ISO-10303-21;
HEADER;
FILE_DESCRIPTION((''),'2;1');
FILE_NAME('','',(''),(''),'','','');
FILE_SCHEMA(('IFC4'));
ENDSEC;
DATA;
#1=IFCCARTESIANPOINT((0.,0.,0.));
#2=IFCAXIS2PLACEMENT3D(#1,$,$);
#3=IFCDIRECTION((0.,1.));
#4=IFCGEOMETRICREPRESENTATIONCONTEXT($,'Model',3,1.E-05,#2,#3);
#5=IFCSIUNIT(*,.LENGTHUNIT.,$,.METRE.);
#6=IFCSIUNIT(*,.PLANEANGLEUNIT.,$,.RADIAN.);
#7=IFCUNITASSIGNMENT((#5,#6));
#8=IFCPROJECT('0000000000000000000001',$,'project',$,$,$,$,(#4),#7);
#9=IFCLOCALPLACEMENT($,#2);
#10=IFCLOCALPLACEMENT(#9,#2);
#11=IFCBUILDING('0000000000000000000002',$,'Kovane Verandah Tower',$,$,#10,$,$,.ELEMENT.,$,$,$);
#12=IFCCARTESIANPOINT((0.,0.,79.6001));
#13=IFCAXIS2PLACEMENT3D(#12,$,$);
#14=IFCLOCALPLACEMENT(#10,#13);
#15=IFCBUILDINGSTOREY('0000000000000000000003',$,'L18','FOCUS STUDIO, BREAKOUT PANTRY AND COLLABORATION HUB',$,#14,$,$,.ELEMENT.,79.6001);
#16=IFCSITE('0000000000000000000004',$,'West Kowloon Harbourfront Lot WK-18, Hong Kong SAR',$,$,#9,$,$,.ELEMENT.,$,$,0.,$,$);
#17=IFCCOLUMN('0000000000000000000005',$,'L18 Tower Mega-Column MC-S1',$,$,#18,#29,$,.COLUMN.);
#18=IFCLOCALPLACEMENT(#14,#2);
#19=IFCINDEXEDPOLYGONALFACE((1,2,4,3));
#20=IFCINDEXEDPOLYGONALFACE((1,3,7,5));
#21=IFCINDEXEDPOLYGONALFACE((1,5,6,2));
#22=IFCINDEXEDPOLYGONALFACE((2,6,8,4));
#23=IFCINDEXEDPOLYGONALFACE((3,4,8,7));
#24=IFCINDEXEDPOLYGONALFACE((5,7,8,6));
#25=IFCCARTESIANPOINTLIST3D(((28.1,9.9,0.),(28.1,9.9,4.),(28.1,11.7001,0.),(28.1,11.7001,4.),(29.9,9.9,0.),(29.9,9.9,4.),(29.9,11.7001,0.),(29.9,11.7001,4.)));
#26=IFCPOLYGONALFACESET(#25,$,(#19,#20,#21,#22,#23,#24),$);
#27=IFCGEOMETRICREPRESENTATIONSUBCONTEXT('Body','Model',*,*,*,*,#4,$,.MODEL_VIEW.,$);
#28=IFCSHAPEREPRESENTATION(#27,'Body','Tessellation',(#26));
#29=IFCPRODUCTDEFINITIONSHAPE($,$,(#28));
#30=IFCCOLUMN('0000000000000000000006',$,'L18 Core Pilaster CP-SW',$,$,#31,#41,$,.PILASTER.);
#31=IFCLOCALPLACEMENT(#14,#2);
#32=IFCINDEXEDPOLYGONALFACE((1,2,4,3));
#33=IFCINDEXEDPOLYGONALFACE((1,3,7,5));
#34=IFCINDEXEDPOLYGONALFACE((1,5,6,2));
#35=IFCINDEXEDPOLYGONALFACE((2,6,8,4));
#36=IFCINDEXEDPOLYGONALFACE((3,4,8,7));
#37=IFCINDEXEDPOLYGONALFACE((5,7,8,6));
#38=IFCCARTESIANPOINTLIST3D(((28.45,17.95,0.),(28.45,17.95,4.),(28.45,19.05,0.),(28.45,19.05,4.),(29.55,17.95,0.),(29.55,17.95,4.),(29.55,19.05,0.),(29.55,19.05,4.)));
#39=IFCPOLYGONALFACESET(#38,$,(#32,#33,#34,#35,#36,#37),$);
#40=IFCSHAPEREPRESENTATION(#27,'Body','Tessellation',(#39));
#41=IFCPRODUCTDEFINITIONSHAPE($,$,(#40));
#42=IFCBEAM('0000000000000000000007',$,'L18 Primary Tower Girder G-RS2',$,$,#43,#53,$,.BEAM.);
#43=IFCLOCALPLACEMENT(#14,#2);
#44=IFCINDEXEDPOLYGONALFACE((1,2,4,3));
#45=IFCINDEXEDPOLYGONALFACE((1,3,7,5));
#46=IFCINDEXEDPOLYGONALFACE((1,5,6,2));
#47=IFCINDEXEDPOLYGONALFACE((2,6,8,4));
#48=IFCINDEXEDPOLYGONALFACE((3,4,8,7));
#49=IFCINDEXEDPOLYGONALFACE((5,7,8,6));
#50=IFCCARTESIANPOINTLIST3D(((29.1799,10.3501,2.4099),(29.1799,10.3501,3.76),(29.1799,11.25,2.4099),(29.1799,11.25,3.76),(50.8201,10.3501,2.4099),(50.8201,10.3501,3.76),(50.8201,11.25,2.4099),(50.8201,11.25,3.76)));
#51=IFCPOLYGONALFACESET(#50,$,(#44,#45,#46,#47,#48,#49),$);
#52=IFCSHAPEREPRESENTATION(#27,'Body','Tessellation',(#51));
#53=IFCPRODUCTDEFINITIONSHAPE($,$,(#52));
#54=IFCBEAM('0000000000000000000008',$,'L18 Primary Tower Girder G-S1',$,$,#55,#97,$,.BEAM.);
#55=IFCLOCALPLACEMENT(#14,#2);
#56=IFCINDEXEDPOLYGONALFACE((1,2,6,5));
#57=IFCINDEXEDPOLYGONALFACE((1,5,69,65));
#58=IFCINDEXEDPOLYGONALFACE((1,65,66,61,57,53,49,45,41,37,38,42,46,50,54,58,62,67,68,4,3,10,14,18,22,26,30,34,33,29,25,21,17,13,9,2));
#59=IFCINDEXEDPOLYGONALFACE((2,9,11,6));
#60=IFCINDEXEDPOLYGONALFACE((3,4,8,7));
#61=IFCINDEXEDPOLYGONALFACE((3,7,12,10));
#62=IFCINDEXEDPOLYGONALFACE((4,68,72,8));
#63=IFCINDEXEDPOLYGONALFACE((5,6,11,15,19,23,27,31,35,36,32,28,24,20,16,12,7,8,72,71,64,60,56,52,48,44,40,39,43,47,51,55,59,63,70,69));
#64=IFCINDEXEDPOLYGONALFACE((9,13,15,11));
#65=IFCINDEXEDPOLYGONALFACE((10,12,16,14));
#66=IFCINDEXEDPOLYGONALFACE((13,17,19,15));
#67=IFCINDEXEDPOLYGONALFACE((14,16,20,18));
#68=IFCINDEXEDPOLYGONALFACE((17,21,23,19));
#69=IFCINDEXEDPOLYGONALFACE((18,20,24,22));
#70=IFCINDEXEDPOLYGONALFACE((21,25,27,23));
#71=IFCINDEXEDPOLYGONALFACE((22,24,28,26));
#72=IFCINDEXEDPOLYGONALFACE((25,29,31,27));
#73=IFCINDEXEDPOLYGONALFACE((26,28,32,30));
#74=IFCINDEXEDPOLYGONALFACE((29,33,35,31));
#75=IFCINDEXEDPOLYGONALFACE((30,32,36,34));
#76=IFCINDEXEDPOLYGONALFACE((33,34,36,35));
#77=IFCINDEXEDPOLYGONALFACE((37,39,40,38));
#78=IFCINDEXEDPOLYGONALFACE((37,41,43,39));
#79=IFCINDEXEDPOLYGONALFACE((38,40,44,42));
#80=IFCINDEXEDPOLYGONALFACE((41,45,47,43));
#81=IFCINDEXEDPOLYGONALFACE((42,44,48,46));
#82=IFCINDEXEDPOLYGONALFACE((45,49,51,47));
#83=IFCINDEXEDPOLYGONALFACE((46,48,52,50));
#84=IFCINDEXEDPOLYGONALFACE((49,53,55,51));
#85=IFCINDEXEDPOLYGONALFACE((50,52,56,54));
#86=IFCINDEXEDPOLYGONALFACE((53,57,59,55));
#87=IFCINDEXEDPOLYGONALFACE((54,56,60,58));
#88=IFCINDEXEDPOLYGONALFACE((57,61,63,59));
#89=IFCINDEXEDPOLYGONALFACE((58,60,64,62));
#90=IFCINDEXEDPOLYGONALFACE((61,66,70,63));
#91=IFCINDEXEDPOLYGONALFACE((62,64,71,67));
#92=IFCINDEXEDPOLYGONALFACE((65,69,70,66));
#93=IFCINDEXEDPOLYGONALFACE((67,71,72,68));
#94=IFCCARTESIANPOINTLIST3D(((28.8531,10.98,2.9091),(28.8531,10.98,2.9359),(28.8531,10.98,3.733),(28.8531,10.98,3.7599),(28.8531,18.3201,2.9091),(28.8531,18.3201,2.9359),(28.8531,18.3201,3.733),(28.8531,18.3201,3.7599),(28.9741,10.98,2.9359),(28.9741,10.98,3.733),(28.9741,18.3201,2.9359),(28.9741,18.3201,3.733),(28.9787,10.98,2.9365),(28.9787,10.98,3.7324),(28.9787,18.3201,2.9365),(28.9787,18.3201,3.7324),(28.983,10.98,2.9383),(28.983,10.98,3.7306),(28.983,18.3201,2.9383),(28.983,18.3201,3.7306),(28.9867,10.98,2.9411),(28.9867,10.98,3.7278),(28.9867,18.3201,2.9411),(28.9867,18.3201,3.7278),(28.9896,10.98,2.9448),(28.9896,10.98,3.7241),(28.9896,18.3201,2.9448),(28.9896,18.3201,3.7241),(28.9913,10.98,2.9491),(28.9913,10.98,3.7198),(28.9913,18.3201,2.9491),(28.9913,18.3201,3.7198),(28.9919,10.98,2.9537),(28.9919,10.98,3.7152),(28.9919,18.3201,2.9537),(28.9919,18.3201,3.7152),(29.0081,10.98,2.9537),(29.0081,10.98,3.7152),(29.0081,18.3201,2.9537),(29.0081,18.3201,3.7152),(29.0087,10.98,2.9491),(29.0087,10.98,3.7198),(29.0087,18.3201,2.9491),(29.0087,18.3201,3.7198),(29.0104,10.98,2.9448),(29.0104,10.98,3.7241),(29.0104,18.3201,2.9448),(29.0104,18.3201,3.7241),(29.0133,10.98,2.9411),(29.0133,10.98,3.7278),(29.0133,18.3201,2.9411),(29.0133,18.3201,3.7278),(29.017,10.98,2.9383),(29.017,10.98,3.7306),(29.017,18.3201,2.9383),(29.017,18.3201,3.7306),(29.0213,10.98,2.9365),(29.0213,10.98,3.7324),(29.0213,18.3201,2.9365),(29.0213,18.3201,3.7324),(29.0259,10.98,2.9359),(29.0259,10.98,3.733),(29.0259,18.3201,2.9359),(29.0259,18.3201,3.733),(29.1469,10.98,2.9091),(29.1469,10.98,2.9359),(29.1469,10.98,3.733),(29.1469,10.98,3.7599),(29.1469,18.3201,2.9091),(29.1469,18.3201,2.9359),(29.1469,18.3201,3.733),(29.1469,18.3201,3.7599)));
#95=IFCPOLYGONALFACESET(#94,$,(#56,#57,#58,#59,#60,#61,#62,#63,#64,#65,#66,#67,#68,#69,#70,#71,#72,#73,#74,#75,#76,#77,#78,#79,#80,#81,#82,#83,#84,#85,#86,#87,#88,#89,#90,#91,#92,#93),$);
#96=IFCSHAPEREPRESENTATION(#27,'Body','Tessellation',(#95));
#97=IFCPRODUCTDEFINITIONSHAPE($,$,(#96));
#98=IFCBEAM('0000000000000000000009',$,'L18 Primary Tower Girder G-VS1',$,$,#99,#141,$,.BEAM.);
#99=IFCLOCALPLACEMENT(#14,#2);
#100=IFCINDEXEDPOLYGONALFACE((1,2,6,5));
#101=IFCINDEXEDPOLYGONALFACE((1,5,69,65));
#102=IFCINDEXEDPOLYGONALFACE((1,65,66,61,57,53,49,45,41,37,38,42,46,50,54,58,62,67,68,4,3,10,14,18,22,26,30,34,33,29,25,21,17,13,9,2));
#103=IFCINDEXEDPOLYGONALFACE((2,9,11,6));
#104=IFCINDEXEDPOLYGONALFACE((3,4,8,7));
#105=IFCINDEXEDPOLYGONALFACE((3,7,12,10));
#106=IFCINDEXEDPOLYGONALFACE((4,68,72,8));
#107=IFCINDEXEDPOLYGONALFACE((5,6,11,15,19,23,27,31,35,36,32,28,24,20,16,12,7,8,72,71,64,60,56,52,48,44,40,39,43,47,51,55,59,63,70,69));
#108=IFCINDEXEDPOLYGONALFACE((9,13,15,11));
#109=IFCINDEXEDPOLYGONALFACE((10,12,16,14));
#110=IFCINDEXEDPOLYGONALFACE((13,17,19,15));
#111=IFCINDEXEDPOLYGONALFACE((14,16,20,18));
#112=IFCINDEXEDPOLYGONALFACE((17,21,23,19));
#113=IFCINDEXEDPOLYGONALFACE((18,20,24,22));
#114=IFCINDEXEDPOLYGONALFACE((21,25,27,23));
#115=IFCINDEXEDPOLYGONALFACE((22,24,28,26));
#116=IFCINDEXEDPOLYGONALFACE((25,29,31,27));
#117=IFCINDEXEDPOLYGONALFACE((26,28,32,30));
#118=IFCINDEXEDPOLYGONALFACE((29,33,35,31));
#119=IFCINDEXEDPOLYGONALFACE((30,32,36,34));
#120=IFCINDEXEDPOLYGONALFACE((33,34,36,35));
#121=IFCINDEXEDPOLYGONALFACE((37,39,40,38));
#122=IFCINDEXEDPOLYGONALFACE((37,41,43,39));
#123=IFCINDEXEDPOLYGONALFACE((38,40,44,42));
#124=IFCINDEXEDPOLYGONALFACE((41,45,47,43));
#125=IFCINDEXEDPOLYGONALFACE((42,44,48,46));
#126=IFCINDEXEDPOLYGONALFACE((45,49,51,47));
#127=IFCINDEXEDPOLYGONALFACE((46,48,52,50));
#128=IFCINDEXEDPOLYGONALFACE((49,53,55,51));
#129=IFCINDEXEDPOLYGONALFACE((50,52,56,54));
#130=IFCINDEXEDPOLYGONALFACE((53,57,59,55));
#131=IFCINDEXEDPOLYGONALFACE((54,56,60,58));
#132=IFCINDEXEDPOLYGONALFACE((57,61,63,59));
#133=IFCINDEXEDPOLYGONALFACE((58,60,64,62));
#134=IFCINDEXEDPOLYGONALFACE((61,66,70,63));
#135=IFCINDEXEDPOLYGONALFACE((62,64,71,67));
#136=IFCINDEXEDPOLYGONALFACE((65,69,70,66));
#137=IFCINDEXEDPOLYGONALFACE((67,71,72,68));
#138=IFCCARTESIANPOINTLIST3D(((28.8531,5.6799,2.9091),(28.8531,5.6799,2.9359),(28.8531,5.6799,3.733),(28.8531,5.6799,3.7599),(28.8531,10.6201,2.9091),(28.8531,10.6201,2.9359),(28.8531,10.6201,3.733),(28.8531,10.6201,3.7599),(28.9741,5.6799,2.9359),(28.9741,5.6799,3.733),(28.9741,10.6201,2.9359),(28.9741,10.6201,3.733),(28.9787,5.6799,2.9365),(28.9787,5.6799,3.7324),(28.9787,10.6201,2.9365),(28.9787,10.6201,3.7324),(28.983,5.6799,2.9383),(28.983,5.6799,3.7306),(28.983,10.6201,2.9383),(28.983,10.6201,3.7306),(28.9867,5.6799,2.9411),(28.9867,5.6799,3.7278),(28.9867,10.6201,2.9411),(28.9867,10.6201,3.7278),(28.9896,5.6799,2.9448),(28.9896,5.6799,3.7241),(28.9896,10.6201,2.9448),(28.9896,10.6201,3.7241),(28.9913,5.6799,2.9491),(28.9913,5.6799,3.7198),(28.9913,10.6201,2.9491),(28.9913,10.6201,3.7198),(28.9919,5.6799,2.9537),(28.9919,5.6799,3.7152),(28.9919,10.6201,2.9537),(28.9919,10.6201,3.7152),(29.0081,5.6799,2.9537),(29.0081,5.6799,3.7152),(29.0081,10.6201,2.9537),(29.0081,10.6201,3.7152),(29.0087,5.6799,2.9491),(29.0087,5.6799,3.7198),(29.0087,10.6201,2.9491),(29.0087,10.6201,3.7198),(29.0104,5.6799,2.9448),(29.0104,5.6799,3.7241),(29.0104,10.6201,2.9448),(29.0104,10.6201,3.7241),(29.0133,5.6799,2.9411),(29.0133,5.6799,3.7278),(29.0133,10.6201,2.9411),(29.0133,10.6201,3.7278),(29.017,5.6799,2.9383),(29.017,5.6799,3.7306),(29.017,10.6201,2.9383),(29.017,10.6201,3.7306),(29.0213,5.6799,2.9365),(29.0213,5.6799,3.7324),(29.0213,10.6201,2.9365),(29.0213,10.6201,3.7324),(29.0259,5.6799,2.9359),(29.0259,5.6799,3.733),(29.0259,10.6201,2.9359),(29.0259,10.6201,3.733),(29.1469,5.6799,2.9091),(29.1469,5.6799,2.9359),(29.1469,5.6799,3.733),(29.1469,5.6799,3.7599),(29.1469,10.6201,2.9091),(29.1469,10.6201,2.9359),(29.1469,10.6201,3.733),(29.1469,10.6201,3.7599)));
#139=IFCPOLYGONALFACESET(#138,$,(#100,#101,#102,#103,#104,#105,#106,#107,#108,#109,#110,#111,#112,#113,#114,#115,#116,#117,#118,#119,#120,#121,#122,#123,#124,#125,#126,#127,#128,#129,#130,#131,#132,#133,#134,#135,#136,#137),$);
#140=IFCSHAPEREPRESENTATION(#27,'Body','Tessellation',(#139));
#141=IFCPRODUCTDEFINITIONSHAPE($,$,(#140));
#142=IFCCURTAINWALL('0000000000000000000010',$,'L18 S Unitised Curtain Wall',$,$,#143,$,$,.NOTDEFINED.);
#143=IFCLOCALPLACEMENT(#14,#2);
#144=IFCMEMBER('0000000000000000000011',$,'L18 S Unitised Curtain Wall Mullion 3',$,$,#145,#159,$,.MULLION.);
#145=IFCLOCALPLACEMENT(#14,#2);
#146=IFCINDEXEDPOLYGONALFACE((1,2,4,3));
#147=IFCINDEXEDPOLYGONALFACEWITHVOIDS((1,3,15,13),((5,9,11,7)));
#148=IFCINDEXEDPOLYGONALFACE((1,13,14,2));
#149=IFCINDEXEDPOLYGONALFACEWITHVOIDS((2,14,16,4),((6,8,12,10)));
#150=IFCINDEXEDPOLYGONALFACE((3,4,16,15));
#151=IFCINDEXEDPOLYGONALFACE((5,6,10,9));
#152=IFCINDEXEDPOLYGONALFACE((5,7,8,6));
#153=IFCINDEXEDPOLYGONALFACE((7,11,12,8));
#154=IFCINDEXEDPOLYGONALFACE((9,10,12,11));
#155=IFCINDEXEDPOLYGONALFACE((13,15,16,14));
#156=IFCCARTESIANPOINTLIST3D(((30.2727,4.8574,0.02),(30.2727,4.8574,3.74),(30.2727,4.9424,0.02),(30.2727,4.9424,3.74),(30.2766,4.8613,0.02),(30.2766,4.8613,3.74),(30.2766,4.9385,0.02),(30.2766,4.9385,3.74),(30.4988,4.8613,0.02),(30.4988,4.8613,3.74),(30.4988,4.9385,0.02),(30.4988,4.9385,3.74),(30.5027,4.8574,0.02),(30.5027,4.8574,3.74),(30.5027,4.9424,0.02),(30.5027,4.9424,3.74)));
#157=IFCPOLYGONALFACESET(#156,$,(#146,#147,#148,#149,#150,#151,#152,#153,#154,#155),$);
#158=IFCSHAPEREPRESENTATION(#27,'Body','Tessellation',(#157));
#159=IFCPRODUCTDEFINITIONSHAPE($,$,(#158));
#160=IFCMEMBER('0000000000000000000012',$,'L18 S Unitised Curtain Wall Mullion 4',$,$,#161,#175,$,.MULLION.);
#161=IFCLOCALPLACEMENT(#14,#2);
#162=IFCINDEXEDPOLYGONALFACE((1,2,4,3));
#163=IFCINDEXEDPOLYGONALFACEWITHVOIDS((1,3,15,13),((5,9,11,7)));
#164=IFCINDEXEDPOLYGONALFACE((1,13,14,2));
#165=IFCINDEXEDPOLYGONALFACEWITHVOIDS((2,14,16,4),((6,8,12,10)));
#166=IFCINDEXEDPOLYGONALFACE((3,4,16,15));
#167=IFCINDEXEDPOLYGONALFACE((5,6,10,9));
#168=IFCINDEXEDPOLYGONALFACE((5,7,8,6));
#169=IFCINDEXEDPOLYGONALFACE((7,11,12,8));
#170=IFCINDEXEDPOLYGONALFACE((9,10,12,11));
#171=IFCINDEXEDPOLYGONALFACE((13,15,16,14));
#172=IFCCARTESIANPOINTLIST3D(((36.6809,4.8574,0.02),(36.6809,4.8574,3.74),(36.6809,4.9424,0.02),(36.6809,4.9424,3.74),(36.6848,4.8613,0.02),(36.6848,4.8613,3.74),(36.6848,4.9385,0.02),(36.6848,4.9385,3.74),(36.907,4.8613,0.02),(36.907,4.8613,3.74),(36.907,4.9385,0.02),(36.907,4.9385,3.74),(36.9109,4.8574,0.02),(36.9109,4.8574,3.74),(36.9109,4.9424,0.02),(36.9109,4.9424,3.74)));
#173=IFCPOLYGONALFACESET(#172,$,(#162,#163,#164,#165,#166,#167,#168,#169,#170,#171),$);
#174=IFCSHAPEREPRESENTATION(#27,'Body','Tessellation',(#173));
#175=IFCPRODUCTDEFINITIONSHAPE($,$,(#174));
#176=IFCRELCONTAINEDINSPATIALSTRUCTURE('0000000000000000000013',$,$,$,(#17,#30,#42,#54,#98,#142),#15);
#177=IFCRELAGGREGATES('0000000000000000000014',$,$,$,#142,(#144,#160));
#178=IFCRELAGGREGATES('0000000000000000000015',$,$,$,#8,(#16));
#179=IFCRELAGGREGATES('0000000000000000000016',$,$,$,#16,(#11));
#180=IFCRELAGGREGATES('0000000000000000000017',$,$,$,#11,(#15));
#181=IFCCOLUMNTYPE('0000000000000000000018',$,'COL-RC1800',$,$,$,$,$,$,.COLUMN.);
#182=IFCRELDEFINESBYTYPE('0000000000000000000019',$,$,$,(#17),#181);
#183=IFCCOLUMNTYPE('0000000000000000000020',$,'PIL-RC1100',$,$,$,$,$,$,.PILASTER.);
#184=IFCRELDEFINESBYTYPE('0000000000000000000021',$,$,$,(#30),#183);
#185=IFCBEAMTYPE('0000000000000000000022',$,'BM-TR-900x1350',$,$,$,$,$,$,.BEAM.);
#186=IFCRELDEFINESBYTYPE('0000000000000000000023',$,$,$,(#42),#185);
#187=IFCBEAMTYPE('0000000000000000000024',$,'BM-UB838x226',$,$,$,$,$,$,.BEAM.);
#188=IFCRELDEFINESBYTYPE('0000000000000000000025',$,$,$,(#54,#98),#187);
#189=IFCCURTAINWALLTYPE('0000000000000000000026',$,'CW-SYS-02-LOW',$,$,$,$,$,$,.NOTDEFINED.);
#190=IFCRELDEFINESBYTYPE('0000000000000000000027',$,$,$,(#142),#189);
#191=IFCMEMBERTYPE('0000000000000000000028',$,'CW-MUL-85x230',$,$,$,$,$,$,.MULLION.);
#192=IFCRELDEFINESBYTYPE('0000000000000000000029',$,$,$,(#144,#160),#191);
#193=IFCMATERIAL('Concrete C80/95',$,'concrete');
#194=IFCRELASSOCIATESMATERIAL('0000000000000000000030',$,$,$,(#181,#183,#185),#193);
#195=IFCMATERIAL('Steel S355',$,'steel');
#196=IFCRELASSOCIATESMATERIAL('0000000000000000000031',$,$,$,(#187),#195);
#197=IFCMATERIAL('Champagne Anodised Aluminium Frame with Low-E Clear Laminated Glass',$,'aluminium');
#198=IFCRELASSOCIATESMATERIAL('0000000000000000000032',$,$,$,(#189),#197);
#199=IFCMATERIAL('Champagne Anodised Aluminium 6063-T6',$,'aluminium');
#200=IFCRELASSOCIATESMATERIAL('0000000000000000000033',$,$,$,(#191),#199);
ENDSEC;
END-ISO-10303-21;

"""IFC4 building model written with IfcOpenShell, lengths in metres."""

from ifc_helpers import new_model, si_unit, direction, frame, origin, origin_2d, place, context, subcontext, project, spatial, rectangle, hollow_rectangle, i_section, extrude, material, material_profile, profile_set, type_object, element, aggregate, save


model = new_model("IFC4")

# Units and contexts
model_context = context("Model", 3, precision=1e-05, world=origin(), true_north=direction((0.0, 1.0)))
body_context = subcontext(model_context, "Body", "Model", "MODEL_VIEW")
ifc_project = project(units=[si_unit("LENGTHUNIT", "METRE"), si_unit("PLANEANGLEUNIT", "RADIAN")], contexts=[model_context])

# Site, building, storey
site_placement = place(None, origin())
site = spatial("IfcSite", under=ifc_project, at=site_placement, Name="West Kowloon Harbourfront Lot WK-18, Hong Kong SAR", CompositionType="ELEMENT", RefElevation=0.0)
building_placement = place(site_placement, origin())
building = spatial("IfcBuilding", under=site, at=building_placement, Name="Kovane Verandah Tower", CompositionType="ELEMENT")
storey_placement = place(building_placement, frame((0.0, 0.0, 79.6001)))
storey = spatial("IfcBuildingStorey", under=building, at=storey_placement, Name="L18", Description="FOCUS STUDIO, BREAKOUT PANTRY AND COLLABORATION HUB", CompositionType="ELEMENT", Elevation=79.6001)

# Columns
ifc_material_1 = material(Name="Concrete C80/95", Category="concrete")
ifc_material_profile_1 = material_profile(ifc_material_1, rectangle(XDim=1.8, YDim=1.8, at=origin_2d()), Name="RC1800x1800")
ifc_profile_set_1 = profile_set([ifc_material_profile_1], Name="Concrete C80/95")
column_type_1 = type_object("IfcColumnType", Name="COL-RC1800", PredefinedType="COLUMN", material=ifc_profile_set_1)
column_1_placement = place(storey_placement, frame((29.0, 10.8, 0.0), z_axis=(0.0, 0.0, 1.0), x_axis=(1.0, 0.0, 0.0)))
element("IfcColumn", 1, at=column_1_placement, inside=storey, type_object=column_type_1, Name="L18 Tower Mega-Column MC-S1", PredefinedType="COLUMN", context=body_context, shape_type="SweptSolid", body=[
    extrude(rectangle(XDim=1.8, YDim=1.8, at=origin_2d()), origin(), (0.0, 0.0, 1.0), 4.0),
])
ifc_material_profile_2 = material_profile(ifc_material_1, rectangle(XDim=1.1001, YDim=1.1001, at=origin_2d()), Name="RC1100x1100")
ifc_profile_set_2 = profile_set([ifc_material_profile_2], Name="Concrete C80/95")
column_type_2 = type_object("IfcColumnType", Name="PIL-RC1100", PredefinedType="PILASTER", material=ifc_profile_set_2)
column_2_placement = place(storey_placement, frame((29.0, 18.5, 0.0), z_axis=(0.0, 0.0, 1.0), x_axis=(1.0, 0.0, 0.0)))
element("IfcColumn", 2, at=column_2_placement, inside=storey, type_object=column_type_2, Name="L18 Core Pilaster CP-SW", PredefinedType="PILASTER", context=body_context, shape_type="SweptSolid", body=[
    extrude(rectangle(XDim=1.1001, YDim=1.1001, at=origin_2d()), origin(), (0.0, 0.0, 1.0), 4.0),
])

# Beams
ifc_material_profile_3 = material_profile(ifc_material_1, rectangle(XDim=0.8999, YDim=1.3501, at=origin_2d()), Name="RCB900x1350")
ifc_profile_set_3 = profile_set([ifc_material_profile_3], Name="Concrete C80/95")
beam_type_1 = type_object("IfcBeamType", Name="BM-TR-900x1350", PredefinedType="BEAM", material=ifc_profile_set_3)
beam_1_placement = place(storey_placement, frame((29.1799, 10.8, 3.085), z_axis=(1.0, 0.0, 0.0), x_axis=(0.0, 1.0, 0.0)))
element("IfcBeam", 3, at=beam_1_placement, inside=storey, type_object=beam_type_1, Name="L18 Primary Tower Girder G-RS2", PredefinedType="BEAM", context=body_context, shape_type="SweptSolid", body=[
    extrude(rectangle(XDim=0.8999, YDim=1.3501, at=origin_2d()), origin(), (0.0, 0.0, 1.0), 21.6401),
])
ifc_material_2 = material(Name="Steel S355", Category="steel")
ifc_material_profile_4 = material_profile(ifc_material_2, i_section(OverallWidth=0.2937, OverallDepth=0.8508, WebThickness=0.0161, FlangeThickness=0.0269, FilletRadius=0.0178, at=origin_2d()), Name="UB838x292x226")
ifc_profile_set_4 = profile_set([ifc_material_profile_4], Name="Steel S355")
beam_type_2 = type_object("IfcBeamType", Name="BM-UB838x226", PredefinedType="BEAM", material=ifc_profile_set_4)
beam_2_placement = place(storey_placement, frame((29.0, 18.3201, 3.3345), z_axis=(0.0, -1.0, 0.0), x_axis=(1.0, 0.0, 0.0)))
element("IfcBeam", 4, at=beam_2_placement, inside=storey, type_object=beam_type_2, Name="L18 Primary Tower Girder G-S1", PredefinedType="BEAM", context=body_context, shape_type="SweptSolid", body=[
    extrude(i_section(OverallWidth=0.2937, OverallDepth=0.8508, WebThickness=0.0161, FlangeThickness=0.0269, FilletRadius=0.0178, at=origin_2d()), origin(), (0.0, 0.0, 1.0), 7.3401),
])
beam_3_placement = place(storey_placement, frame((29.0, 10.6201, 3.3345), z_axis=(0.0, -1.0, 0.0), x_axis=(1.0, 0.0, 0.0)))
element("IfcBeam", 5, at=beam_3_placement, inside=storey, type_object=beam_type_2, Name="L18 Primary Tower Girder G-VS1", PredefinedType="BEAM", context=body_context, shape_type="SweptSolid", body=[
    extrude(i_section(OverallWidth=0.2937, OverallDepth=0.8508, WebThickness=0.0161, FlangeThickness=0.0269, FilletRadius=0.0178, at=origin_2d()), origin(), (0.0, 0.0, 1.0), 4.9402),
])

# Curtain wall, members
ifc_material_3 = material(Name="Champagne Anodised Aluminium Frame with Low-E Clear Laminated Glass", Category="aluminium")
curtain_wall_type = type_object("IfcCurtainWallType", Name="CW-SYS-02-LOW", PredefinedType="NOTDEFINED", material=ifc_material_3)
curtain_wall_placement = place(storey_placement, origin())
curtain_wall = element("IfcCurtainWall", 6, at=curtain_wall_placement, inside=storey, type_object=curtain_wall_type, Name="L18 S Unitised Curtain Wall", PredefinedType="NOTDEFINED")
ifc_material_4 = material(Name="Champagne Anodised Aluminium 6063-T6", Category="aluminium")
ifc_material_profile_5 = material_profile(ifc_material_4, hollow_rectangle(XDim=0.085, YDim=0.23, WallThickness=0.0039, at=origin_2d()), Name="AL85x230x4")
ifc_profile_set_5 = profile_set([ifc_material_profile_5], Name="Champagne Anodised Aluminium 6063-T6")
member_type_1 = type_object("IfcMemberType", Name="CW-MUL-85x230", PredefinedType="MULLION", material=ifc_profile_set_5)
member_1_placement = place(storey_placement, frame((30.3877, 4.8999, 0.02), z_axis=(0.0, 0.0, 1.0), x_axis=(0.0, -1.0, 0.0)))
member_1 = element("IfcMember", 7, at=member_1_placement, type_object=member_type_1, Name="L18 S Unitised Curtain Wall Mullion 3", PredefinedType="MULLION", context=body_context, shape_type="SweptSolid", body=[
    extrude(hollow_rectangle(XDim=0.085, YDim=0.23, WallThickness=0.0039, at=origin_2d()), origin(), (0.0, 0.0, 1.0), 3.72),
])
member_2_placement = place(storey_placement, frame((36.7959, 4.8999, 0.02), z_axis=(0.0, 0.0, 1.0), x_axis=(0.0, -1.0, 0.0)))
member_2 = element("IfcMember", 8, at=member_2_placement, type_object=member_type_1, Name="L18 S Unitised Curtain Wall Mullion 4", PredefinedType="MULLION", context=body_context, shape_type="SweptSolid", body=[
    extrude(hollow_rectangle(XDim=0.085, YDim=0.23, WallThickness=0.0039, at=origin_2d()), origin(), (0.0, 0.0, 1.0), 3.72),
])

aggregate(curtain_wall, [member_1, member_2])

save(model, "model.ifc")
